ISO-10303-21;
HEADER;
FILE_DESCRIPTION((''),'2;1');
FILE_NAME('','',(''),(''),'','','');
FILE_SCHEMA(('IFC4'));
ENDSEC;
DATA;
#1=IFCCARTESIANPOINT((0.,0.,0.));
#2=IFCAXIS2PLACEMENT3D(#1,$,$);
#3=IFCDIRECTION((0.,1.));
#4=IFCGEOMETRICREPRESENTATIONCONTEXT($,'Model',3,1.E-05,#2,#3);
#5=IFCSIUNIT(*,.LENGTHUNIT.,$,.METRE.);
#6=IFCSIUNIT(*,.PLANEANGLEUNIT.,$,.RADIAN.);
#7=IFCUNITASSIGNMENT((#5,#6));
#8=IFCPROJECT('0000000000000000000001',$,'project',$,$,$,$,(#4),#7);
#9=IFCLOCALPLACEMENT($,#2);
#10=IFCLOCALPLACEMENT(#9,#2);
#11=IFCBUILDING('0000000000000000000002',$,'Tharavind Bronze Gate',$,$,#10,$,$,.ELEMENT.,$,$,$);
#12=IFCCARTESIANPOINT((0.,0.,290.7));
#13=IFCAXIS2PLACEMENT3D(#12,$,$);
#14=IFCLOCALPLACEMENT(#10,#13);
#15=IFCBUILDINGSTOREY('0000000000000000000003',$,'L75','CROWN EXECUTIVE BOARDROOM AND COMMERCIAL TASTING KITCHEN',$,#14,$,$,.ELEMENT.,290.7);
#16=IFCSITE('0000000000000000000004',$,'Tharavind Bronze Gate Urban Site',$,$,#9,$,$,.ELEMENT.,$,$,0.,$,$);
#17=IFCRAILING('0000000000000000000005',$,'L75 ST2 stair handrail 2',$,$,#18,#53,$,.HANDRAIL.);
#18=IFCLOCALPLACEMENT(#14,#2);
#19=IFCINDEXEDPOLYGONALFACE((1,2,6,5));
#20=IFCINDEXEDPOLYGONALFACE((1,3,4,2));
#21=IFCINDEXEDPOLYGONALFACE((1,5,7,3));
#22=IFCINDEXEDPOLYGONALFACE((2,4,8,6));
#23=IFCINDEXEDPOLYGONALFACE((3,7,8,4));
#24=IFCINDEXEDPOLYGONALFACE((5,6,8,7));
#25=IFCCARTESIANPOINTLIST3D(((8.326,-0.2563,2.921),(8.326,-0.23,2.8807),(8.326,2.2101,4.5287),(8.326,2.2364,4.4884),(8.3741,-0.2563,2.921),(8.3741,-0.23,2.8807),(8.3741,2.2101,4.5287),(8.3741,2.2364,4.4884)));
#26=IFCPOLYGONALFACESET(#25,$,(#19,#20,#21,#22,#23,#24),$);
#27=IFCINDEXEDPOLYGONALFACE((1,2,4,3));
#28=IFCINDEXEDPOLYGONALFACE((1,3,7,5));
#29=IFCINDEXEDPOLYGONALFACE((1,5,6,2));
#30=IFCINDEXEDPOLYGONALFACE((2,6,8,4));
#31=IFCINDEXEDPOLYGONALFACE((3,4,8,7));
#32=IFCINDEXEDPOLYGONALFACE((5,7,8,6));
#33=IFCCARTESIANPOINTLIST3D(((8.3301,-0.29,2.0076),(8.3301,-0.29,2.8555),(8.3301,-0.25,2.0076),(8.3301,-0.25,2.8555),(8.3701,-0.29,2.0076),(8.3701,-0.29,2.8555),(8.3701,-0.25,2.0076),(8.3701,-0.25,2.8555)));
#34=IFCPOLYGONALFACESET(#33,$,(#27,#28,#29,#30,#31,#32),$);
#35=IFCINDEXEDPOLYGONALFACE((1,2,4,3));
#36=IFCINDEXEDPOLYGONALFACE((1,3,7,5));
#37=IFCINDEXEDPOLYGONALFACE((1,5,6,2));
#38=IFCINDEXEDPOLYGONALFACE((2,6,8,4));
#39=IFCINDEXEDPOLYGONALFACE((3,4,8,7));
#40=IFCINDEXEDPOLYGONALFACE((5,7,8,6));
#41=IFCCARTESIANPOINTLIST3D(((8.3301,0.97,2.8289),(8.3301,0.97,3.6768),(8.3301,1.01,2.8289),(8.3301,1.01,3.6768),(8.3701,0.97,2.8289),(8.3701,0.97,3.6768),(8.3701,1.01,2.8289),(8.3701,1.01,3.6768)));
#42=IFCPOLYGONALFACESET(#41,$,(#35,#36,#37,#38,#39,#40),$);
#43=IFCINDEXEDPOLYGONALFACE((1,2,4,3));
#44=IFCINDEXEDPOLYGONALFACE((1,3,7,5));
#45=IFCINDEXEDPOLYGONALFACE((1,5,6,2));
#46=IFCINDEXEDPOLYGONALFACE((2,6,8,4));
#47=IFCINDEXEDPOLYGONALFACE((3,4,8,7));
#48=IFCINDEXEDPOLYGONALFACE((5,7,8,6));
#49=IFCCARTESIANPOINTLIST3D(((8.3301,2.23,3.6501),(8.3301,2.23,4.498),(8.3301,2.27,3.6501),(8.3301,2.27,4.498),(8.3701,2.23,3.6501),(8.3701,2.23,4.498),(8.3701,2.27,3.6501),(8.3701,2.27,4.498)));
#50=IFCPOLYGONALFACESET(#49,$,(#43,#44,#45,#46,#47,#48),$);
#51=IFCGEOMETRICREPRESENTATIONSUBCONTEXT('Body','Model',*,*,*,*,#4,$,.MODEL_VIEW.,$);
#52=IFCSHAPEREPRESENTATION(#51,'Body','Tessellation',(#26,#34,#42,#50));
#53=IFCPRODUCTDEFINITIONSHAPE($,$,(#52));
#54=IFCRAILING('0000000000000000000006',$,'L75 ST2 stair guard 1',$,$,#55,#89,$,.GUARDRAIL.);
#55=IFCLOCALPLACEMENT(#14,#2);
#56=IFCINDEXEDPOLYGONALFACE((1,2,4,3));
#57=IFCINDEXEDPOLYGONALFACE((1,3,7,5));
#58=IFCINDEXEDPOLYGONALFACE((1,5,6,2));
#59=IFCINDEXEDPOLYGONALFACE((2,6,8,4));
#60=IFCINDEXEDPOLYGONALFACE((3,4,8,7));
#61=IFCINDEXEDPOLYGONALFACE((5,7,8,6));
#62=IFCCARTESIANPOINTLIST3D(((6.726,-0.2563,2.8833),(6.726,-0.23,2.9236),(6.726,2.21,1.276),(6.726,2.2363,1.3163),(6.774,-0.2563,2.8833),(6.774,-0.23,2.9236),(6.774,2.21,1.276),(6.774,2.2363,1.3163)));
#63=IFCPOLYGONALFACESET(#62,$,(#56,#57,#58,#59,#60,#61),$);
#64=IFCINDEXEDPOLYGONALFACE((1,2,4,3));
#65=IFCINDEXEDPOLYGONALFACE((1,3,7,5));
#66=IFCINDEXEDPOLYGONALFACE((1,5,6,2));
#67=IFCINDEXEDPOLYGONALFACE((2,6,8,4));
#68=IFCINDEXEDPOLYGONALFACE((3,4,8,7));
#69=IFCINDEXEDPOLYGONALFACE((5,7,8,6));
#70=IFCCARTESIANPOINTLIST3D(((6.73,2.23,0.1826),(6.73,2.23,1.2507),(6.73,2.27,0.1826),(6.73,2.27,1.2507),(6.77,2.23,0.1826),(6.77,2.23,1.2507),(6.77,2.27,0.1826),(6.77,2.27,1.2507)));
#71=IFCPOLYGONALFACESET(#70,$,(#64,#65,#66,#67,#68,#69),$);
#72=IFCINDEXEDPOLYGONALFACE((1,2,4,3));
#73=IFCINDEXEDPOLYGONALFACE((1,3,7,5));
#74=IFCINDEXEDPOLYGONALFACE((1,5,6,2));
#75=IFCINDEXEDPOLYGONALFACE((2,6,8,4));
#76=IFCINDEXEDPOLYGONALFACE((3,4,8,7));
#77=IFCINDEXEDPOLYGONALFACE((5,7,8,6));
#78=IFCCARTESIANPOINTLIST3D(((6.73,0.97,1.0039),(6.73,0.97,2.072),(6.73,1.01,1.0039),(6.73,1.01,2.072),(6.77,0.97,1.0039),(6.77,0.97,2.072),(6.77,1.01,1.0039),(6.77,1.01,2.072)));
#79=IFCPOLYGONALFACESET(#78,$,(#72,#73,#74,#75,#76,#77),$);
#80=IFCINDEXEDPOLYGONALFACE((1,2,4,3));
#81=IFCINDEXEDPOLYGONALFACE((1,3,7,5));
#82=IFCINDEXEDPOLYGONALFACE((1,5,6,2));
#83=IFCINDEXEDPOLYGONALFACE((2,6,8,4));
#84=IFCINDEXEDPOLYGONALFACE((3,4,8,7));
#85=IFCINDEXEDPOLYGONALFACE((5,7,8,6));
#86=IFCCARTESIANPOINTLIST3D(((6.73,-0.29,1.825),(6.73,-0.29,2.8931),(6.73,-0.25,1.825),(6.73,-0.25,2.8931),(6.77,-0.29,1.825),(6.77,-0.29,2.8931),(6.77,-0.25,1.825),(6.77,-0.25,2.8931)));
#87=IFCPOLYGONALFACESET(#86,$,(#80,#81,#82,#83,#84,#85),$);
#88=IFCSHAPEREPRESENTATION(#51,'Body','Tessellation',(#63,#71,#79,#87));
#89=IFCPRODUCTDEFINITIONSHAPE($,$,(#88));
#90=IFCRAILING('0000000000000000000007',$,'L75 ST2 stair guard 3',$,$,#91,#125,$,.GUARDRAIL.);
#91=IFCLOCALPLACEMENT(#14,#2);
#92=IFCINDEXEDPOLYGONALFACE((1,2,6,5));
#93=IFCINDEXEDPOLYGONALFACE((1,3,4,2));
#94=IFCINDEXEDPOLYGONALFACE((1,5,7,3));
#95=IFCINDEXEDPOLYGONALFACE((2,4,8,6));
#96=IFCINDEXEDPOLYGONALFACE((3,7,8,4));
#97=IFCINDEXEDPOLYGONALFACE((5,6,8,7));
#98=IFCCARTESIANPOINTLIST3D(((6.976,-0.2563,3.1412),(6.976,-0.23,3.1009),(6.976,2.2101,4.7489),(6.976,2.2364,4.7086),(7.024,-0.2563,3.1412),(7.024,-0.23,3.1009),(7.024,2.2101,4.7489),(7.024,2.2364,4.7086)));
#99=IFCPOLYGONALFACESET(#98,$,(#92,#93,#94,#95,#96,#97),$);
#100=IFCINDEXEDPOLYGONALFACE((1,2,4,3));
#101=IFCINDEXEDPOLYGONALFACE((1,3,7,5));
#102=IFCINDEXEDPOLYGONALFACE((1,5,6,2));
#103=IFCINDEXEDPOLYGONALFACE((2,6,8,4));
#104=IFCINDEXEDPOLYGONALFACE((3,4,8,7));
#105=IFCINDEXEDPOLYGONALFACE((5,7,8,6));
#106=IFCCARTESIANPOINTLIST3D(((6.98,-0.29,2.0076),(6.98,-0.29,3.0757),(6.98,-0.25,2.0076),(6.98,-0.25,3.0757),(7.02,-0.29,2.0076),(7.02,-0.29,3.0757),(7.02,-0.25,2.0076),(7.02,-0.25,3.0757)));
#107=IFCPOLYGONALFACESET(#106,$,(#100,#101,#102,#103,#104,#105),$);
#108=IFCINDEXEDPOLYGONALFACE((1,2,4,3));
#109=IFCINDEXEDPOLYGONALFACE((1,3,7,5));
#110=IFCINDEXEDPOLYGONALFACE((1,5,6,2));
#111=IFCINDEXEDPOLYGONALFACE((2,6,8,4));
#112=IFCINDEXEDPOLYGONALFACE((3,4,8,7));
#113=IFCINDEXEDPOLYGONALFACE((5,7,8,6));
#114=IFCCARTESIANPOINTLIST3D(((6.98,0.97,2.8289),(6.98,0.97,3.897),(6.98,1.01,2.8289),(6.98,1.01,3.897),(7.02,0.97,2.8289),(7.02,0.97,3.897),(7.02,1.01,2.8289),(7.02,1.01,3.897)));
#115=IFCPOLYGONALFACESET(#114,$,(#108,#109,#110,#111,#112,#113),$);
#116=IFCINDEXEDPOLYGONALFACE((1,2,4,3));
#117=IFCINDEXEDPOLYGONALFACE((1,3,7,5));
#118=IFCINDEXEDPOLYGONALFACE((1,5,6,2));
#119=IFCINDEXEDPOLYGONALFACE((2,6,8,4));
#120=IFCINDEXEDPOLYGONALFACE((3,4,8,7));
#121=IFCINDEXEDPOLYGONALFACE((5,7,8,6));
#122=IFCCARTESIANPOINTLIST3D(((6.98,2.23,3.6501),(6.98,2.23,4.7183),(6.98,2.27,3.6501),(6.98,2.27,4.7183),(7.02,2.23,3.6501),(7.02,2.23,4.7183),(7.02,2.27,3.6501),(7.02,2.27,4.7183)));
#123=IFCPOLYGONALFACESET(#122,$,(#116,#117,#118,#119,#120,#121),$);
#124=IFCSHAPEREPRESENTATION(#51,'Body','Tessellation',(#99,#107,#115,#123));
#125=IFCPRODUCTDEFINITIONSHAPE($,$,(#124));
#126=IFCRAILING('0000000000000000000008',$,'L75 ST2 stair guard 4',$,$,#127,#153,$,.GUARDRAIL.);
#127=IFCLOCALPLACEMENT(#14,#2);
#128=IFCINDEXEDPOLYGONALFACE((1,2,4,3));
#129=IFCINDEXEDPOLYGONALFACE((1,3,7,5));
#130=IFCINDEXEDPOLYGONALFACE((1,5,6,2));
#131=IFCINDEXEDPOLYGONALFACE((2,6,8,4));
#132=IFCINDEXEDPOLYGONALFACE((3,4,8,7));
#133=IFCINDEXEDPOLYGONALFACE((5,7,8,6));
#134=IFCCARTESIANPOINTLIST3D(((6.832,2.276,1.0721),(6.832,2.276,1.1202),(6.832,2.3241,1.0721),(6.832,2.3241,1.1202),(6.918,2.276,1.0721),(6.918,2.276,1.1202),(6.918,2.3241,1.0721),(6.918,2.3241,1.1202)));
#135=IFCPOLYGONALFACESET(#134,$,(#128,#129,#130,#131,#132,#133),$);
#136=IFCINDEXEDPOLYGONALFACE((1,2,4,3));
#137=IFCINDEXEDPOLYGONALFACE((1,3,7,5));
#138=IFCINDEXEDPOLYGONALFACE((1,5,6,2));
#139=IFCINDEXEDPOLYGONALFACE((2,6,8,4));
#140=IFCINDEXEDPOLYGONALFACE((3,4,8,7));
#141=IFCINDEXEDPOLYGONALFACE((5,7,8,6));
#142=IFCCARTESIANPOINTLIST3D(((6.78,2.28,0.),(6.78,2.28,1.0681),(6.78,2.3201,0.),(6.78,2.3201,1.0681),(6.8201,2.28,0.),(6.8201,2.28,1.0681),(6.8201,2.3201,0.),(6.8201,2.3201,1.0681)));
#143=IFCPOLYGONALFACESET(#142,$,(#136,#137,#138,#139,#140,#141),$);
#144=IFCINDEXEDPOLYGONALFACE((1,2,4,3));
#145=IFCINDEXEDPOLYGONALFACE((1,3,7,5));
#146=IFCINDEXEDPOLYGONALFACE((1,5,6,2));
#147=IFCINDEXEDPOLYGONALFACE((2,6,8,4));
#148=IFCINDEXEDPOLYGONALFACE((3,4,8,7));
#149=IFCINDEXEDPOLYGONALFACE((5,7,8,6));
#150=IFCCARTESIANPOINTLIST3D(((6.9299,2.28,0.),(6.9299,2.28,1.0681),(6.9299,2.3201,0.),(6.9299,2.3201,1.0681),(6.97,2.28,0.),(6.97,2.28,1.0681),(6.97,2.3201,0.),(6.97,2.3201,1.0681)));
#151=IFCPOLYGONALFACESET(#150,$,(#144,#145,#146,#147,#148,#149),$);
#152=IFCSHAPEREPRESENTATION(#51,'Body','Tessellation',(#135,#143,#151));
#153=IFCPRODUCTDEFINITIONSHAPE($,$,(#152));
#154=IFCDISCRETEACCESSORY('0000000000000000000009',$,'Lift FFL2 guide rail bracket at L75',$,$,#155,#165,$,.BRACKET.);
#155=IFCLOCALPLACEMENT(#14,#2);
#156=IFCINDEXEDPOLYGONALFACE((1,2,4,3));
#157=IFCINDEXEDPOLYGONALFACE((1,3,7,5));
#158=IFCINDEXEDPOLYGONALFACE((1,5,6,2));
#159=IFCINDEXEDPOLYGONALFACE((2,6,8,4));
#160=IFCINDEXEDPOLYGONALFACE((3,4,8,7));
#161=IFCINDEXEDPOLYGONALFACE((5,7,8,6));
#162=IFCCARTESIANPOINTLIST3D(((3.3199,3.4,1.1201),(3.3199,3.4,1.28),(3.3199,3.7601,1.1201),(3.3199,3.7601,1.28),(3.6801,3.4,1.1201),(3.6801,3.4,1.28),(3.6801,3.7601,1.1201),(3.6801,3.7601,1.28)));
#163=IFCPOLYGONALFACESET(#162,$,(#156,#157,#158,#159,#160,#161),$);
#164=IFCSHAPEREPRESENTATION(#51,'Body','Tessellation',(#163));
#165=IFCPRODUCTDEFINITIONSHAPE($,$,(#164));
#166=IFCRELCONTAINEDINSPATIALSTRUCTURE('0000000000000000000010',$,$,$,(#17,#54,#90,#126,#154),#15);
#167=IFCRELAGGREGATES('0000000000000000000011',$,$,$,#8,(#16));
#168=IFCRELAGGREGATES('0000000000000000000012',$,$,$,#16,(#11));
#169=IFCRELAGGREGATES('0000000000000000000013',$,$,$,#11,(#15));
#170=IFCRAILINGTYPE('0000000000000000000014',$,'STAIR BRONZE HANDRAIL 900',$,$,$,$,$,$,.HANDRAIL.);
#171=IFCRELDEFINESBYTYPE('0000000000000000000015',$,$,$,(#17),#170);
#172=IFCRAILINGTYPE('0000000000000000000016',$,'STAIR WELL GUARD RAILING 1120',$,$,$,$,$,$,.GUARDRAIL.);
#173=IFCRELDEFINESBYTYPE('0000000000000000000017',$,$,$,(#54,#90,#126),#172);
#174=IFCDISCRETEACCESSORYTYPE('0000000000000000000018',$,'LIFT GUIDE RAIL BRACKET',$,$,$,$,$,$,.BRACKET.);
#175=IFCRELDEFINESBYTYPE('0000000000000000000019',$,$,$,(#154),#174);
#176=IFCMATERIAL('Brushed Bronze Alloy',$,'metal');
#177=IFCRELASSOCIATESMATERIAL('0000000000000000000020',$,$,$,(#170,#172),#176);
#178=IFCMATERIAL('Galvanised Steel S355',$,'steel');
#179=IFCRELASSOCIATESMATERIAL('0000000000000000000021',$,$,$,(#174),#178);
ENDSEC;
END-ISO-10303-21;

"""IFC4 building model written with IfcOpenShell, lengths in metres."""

from ifc_helpers import new_model, si_unit, direction, frame, origin, origin_2d, place, context, subcontext, project, spatial, rectangle, extrude, material, type_object, element, save


model = new_model("IFC4")

# Units and contexts
model_context = context("Model", 3, precision=1e-05, world=origin(), true_north=direction((0.0, 1.0)))
body_context = subcontext(model_context, "Body", "Model", "MODEL_VIEW")
ifc_project = project(units=[si_unit("LENGTHUNIT", "METRE"), si_unit("PLANEANGLEUNIT", "RADIAN")], contexts=[model_context])

# Site, building, storey
site_placement = place(None, origin())
site = spatial("IfcSite", under=ifc_project, at=site_placement, Name="Tharavind Bronze Gate Urban Site", CompositionType="ELEMENT", RefElevation=0.0)
building_placement = place(site_placement, origin())
building = spatial("IfcBuilding", under=site, at=building_placement, Name="Tharavind Bronze Gate", CompositionType="ELEMENT")
storey_placement = place(building_placement, frame((0.0, 0.0, 290.7)))
storey = spatial("IfcBuildingStorey", under=building, at=storey_placement, Name="L75", Description="CROWN EXECUTIVE BOARDROOM AND COMMERCIAL TASTING KITCHEN", CompositionType="ELEMENT", Elevation=290.7)

# Railings
ifc_material_1 = material(Name="Brushed Bronze Alloy", Category="metal")
railing_type_1 = type_object("IfcRailingType", Name="STAIR BRONZE HANDRAIL 900", PredefinedType="HANDRAIL", material=ifc_material_1)
railing_1_placement = place(storey_placement, frame((8.3501, -0.27, 2.0076)))
element("IfcRailing", 1, at=railing_1_placement, inside=storey, type_object=railing_type_1, Name="L75 ST2 stair handrail 2", PredefinedType="HANDRAIL", context=body_context, shape_type="SweptSolid", body=[
    extrude(rectangle(XDim=0.0481, YDim=0.0481, at=origin_2d()), frame((0.0, 0.0269, 0.8933), z_axis=(0.0, 0.837749, 0.546055), x_axis=(-1.0, 0.0, 0.0)), (0.0, 0.0, 1.0), 2.9441),
    extrude(rectangle(XDim=0.04, YDim=0.04, at=origin_2d()), origin(), (0.0, 0.0, 1.0), 0.8479),
    extrude(rectangle(XDim=0.04, YDim=0.04, at=origin_2d()), frame((0.0, 1.26, 0.8213)), (0.0, 0.0, 1.0), 0.8479),
    extrude(rectangle(XDim=0.04, YDim=0.04, at=origin_2d()), frame((0.0, 2.52, 1.6426)), (0.0, 0.0, 1.0), 0.8479),
])
railing_type_2 = type_object("IfcRailingType", Name="STAIR WELL GUARD RAILING 1120", PredefinedType="GUARDRAIL", material=ifc_material_1)
railing_2_placement = place(storey_placement, frame((6.75, 2.25, 0.1826)))
element("IfcRailing", 2, at=railing_2_placement, inside=storey, type_object=railing_type_2, Name="L75 ST2 stair guard 1", PredefinedType="GUARDRAIL", context=body_context, shape_type="SweptSolid", body=[
    extrude(rectangle(XDim=0.0481, YDim=0.0481, at=origin_2d()), frame((0.0, -0.0269, 1.1135), z_axis=(0.0, -0.837787, 0.545998), x_axis=(1.0, 0.0, 0.0)), (0.0, 0.0, 1.0), 2.9438),
    extrude(rectangle(XDim=0.04, YDim=0.04, at=origin_2d()), origin(), (0.0, 0.0, 1.0), 1.0681),
    extrude(rectangle(XDim=0.04, YDim=0.04, at=origin_2d()), frame((0.0, -1.26, 0.8213)), (0.0, 0.0, 1.0), 1.0681),
    extrude(rectangle(XDim=0.04, YDim=0.04, at=origin_2d()), frame((0.0, -2.52, 1.6423)), (0.0, 0.0, 1.0), 1.0681),
])
railing_3_placement = place(storey_placement, frame((7.0, -0.27, 2.0076)))
element("IfcRailing", 3, at=railing_3_placement, inside=storey, type_object=railing_type_2, Name="L75 ST2 stair guard 3", PredefinedType="GUARDRAIL", context=body_context, shape_type="SweptSolid", body=[
    extrude(rectangle(XDim=0.0481, YDim=0.0481, at=origin_2d()), frame((0.0, 0.0269, 1.1135), z_axis=(0.0, 0.837749, 0.546055), x_axis=(-1.0, 0.0, 0.0)), (0.0, 0.0, 1.0), 2.9441),
    extrude(rectangle(XDim=0.04, YDim=0.04, at=origin_2d()), origin(), (0.0, 0.0, 1.0), 1.0681),
    extrude(rectangle(XDim=0.04, YDim=0.04, at=origin_2d()), frame((0.0, 1.26, 0.8213)), (0.0, 0.0, 1.0), 1.0681),
    extrude(rectangle(XDim=0.04, YDim=0.04, at=origin_2d()), frame((0.0, 2.52, 1.6426)), (0.0, 0.0, 1.0), 1.0681),
])
railing_4_placement = place(storey_placement, frame((6.8, 2.3, 0.0)))
element("IfcRailing", 4, at=railing_4_placement, inside=storey, type_object=railing_type_2, Name="L75 ST2 stair guard 4", PredefinedType="GUARDRAIL", context=body_context, shape_type="SweptSolid", body=[
    extrude(rectangle(XDim=0.0481, YDim=0.0481, at=origin_2d()), frame((0.032, 0.0, 1.0962), z_axis=(1.0, 0.0, 0.0), x_axis=(0.0, 1.0, 0.0)), (0.0, 0.0, 1.0), 0.0859),
    extrude(rectangle(XDim=0.04, YDim=0.04, at=origin_2d()), origin(), (0.0, 0.0, 1.0), 1.0681),
    extrude(rectangle(XDim=0.04, YDim=0.04, at=origin_2d()), frame((0.1499, 0.0, 0.0)), (0.0, 0.0, 1.0), 1.0681),
])

# Discrete accessory
ifc_material_2 = material(Name="Galvanised Steel S355", Category="steel")
discrete_accessory_type = type_object("IfcDiscreteAccessoryType", Name="LIFT GUIDE RAIL BRACKET", PredefinedType="BRACKET", material=ifc_material_2)
discrete_accessory_placement = place(storey_placement, frame((3.5, 3.5801, 1.1201), z_axis=(0.0, 0.0, 1.0), x_axis=(1.0, 0.0, 0.0)))
element("IfcDiscreteAccessory", 5, at=discrete_accessory_placement, inside=storey, type_object=discrete_accessory_type, Name="Lift FFL2 guide rail bracket at L75", PredefinedType="BRACKET", context=body_context, shape_type="SweptSolid", body=[
    extrude(rectangle(XDim=0.3601, YDim=0.3601, at=origin_2d()), origin(), (0.0, 0.0, 1.0), 0.1599),
])

save(model, "model.ifc")
